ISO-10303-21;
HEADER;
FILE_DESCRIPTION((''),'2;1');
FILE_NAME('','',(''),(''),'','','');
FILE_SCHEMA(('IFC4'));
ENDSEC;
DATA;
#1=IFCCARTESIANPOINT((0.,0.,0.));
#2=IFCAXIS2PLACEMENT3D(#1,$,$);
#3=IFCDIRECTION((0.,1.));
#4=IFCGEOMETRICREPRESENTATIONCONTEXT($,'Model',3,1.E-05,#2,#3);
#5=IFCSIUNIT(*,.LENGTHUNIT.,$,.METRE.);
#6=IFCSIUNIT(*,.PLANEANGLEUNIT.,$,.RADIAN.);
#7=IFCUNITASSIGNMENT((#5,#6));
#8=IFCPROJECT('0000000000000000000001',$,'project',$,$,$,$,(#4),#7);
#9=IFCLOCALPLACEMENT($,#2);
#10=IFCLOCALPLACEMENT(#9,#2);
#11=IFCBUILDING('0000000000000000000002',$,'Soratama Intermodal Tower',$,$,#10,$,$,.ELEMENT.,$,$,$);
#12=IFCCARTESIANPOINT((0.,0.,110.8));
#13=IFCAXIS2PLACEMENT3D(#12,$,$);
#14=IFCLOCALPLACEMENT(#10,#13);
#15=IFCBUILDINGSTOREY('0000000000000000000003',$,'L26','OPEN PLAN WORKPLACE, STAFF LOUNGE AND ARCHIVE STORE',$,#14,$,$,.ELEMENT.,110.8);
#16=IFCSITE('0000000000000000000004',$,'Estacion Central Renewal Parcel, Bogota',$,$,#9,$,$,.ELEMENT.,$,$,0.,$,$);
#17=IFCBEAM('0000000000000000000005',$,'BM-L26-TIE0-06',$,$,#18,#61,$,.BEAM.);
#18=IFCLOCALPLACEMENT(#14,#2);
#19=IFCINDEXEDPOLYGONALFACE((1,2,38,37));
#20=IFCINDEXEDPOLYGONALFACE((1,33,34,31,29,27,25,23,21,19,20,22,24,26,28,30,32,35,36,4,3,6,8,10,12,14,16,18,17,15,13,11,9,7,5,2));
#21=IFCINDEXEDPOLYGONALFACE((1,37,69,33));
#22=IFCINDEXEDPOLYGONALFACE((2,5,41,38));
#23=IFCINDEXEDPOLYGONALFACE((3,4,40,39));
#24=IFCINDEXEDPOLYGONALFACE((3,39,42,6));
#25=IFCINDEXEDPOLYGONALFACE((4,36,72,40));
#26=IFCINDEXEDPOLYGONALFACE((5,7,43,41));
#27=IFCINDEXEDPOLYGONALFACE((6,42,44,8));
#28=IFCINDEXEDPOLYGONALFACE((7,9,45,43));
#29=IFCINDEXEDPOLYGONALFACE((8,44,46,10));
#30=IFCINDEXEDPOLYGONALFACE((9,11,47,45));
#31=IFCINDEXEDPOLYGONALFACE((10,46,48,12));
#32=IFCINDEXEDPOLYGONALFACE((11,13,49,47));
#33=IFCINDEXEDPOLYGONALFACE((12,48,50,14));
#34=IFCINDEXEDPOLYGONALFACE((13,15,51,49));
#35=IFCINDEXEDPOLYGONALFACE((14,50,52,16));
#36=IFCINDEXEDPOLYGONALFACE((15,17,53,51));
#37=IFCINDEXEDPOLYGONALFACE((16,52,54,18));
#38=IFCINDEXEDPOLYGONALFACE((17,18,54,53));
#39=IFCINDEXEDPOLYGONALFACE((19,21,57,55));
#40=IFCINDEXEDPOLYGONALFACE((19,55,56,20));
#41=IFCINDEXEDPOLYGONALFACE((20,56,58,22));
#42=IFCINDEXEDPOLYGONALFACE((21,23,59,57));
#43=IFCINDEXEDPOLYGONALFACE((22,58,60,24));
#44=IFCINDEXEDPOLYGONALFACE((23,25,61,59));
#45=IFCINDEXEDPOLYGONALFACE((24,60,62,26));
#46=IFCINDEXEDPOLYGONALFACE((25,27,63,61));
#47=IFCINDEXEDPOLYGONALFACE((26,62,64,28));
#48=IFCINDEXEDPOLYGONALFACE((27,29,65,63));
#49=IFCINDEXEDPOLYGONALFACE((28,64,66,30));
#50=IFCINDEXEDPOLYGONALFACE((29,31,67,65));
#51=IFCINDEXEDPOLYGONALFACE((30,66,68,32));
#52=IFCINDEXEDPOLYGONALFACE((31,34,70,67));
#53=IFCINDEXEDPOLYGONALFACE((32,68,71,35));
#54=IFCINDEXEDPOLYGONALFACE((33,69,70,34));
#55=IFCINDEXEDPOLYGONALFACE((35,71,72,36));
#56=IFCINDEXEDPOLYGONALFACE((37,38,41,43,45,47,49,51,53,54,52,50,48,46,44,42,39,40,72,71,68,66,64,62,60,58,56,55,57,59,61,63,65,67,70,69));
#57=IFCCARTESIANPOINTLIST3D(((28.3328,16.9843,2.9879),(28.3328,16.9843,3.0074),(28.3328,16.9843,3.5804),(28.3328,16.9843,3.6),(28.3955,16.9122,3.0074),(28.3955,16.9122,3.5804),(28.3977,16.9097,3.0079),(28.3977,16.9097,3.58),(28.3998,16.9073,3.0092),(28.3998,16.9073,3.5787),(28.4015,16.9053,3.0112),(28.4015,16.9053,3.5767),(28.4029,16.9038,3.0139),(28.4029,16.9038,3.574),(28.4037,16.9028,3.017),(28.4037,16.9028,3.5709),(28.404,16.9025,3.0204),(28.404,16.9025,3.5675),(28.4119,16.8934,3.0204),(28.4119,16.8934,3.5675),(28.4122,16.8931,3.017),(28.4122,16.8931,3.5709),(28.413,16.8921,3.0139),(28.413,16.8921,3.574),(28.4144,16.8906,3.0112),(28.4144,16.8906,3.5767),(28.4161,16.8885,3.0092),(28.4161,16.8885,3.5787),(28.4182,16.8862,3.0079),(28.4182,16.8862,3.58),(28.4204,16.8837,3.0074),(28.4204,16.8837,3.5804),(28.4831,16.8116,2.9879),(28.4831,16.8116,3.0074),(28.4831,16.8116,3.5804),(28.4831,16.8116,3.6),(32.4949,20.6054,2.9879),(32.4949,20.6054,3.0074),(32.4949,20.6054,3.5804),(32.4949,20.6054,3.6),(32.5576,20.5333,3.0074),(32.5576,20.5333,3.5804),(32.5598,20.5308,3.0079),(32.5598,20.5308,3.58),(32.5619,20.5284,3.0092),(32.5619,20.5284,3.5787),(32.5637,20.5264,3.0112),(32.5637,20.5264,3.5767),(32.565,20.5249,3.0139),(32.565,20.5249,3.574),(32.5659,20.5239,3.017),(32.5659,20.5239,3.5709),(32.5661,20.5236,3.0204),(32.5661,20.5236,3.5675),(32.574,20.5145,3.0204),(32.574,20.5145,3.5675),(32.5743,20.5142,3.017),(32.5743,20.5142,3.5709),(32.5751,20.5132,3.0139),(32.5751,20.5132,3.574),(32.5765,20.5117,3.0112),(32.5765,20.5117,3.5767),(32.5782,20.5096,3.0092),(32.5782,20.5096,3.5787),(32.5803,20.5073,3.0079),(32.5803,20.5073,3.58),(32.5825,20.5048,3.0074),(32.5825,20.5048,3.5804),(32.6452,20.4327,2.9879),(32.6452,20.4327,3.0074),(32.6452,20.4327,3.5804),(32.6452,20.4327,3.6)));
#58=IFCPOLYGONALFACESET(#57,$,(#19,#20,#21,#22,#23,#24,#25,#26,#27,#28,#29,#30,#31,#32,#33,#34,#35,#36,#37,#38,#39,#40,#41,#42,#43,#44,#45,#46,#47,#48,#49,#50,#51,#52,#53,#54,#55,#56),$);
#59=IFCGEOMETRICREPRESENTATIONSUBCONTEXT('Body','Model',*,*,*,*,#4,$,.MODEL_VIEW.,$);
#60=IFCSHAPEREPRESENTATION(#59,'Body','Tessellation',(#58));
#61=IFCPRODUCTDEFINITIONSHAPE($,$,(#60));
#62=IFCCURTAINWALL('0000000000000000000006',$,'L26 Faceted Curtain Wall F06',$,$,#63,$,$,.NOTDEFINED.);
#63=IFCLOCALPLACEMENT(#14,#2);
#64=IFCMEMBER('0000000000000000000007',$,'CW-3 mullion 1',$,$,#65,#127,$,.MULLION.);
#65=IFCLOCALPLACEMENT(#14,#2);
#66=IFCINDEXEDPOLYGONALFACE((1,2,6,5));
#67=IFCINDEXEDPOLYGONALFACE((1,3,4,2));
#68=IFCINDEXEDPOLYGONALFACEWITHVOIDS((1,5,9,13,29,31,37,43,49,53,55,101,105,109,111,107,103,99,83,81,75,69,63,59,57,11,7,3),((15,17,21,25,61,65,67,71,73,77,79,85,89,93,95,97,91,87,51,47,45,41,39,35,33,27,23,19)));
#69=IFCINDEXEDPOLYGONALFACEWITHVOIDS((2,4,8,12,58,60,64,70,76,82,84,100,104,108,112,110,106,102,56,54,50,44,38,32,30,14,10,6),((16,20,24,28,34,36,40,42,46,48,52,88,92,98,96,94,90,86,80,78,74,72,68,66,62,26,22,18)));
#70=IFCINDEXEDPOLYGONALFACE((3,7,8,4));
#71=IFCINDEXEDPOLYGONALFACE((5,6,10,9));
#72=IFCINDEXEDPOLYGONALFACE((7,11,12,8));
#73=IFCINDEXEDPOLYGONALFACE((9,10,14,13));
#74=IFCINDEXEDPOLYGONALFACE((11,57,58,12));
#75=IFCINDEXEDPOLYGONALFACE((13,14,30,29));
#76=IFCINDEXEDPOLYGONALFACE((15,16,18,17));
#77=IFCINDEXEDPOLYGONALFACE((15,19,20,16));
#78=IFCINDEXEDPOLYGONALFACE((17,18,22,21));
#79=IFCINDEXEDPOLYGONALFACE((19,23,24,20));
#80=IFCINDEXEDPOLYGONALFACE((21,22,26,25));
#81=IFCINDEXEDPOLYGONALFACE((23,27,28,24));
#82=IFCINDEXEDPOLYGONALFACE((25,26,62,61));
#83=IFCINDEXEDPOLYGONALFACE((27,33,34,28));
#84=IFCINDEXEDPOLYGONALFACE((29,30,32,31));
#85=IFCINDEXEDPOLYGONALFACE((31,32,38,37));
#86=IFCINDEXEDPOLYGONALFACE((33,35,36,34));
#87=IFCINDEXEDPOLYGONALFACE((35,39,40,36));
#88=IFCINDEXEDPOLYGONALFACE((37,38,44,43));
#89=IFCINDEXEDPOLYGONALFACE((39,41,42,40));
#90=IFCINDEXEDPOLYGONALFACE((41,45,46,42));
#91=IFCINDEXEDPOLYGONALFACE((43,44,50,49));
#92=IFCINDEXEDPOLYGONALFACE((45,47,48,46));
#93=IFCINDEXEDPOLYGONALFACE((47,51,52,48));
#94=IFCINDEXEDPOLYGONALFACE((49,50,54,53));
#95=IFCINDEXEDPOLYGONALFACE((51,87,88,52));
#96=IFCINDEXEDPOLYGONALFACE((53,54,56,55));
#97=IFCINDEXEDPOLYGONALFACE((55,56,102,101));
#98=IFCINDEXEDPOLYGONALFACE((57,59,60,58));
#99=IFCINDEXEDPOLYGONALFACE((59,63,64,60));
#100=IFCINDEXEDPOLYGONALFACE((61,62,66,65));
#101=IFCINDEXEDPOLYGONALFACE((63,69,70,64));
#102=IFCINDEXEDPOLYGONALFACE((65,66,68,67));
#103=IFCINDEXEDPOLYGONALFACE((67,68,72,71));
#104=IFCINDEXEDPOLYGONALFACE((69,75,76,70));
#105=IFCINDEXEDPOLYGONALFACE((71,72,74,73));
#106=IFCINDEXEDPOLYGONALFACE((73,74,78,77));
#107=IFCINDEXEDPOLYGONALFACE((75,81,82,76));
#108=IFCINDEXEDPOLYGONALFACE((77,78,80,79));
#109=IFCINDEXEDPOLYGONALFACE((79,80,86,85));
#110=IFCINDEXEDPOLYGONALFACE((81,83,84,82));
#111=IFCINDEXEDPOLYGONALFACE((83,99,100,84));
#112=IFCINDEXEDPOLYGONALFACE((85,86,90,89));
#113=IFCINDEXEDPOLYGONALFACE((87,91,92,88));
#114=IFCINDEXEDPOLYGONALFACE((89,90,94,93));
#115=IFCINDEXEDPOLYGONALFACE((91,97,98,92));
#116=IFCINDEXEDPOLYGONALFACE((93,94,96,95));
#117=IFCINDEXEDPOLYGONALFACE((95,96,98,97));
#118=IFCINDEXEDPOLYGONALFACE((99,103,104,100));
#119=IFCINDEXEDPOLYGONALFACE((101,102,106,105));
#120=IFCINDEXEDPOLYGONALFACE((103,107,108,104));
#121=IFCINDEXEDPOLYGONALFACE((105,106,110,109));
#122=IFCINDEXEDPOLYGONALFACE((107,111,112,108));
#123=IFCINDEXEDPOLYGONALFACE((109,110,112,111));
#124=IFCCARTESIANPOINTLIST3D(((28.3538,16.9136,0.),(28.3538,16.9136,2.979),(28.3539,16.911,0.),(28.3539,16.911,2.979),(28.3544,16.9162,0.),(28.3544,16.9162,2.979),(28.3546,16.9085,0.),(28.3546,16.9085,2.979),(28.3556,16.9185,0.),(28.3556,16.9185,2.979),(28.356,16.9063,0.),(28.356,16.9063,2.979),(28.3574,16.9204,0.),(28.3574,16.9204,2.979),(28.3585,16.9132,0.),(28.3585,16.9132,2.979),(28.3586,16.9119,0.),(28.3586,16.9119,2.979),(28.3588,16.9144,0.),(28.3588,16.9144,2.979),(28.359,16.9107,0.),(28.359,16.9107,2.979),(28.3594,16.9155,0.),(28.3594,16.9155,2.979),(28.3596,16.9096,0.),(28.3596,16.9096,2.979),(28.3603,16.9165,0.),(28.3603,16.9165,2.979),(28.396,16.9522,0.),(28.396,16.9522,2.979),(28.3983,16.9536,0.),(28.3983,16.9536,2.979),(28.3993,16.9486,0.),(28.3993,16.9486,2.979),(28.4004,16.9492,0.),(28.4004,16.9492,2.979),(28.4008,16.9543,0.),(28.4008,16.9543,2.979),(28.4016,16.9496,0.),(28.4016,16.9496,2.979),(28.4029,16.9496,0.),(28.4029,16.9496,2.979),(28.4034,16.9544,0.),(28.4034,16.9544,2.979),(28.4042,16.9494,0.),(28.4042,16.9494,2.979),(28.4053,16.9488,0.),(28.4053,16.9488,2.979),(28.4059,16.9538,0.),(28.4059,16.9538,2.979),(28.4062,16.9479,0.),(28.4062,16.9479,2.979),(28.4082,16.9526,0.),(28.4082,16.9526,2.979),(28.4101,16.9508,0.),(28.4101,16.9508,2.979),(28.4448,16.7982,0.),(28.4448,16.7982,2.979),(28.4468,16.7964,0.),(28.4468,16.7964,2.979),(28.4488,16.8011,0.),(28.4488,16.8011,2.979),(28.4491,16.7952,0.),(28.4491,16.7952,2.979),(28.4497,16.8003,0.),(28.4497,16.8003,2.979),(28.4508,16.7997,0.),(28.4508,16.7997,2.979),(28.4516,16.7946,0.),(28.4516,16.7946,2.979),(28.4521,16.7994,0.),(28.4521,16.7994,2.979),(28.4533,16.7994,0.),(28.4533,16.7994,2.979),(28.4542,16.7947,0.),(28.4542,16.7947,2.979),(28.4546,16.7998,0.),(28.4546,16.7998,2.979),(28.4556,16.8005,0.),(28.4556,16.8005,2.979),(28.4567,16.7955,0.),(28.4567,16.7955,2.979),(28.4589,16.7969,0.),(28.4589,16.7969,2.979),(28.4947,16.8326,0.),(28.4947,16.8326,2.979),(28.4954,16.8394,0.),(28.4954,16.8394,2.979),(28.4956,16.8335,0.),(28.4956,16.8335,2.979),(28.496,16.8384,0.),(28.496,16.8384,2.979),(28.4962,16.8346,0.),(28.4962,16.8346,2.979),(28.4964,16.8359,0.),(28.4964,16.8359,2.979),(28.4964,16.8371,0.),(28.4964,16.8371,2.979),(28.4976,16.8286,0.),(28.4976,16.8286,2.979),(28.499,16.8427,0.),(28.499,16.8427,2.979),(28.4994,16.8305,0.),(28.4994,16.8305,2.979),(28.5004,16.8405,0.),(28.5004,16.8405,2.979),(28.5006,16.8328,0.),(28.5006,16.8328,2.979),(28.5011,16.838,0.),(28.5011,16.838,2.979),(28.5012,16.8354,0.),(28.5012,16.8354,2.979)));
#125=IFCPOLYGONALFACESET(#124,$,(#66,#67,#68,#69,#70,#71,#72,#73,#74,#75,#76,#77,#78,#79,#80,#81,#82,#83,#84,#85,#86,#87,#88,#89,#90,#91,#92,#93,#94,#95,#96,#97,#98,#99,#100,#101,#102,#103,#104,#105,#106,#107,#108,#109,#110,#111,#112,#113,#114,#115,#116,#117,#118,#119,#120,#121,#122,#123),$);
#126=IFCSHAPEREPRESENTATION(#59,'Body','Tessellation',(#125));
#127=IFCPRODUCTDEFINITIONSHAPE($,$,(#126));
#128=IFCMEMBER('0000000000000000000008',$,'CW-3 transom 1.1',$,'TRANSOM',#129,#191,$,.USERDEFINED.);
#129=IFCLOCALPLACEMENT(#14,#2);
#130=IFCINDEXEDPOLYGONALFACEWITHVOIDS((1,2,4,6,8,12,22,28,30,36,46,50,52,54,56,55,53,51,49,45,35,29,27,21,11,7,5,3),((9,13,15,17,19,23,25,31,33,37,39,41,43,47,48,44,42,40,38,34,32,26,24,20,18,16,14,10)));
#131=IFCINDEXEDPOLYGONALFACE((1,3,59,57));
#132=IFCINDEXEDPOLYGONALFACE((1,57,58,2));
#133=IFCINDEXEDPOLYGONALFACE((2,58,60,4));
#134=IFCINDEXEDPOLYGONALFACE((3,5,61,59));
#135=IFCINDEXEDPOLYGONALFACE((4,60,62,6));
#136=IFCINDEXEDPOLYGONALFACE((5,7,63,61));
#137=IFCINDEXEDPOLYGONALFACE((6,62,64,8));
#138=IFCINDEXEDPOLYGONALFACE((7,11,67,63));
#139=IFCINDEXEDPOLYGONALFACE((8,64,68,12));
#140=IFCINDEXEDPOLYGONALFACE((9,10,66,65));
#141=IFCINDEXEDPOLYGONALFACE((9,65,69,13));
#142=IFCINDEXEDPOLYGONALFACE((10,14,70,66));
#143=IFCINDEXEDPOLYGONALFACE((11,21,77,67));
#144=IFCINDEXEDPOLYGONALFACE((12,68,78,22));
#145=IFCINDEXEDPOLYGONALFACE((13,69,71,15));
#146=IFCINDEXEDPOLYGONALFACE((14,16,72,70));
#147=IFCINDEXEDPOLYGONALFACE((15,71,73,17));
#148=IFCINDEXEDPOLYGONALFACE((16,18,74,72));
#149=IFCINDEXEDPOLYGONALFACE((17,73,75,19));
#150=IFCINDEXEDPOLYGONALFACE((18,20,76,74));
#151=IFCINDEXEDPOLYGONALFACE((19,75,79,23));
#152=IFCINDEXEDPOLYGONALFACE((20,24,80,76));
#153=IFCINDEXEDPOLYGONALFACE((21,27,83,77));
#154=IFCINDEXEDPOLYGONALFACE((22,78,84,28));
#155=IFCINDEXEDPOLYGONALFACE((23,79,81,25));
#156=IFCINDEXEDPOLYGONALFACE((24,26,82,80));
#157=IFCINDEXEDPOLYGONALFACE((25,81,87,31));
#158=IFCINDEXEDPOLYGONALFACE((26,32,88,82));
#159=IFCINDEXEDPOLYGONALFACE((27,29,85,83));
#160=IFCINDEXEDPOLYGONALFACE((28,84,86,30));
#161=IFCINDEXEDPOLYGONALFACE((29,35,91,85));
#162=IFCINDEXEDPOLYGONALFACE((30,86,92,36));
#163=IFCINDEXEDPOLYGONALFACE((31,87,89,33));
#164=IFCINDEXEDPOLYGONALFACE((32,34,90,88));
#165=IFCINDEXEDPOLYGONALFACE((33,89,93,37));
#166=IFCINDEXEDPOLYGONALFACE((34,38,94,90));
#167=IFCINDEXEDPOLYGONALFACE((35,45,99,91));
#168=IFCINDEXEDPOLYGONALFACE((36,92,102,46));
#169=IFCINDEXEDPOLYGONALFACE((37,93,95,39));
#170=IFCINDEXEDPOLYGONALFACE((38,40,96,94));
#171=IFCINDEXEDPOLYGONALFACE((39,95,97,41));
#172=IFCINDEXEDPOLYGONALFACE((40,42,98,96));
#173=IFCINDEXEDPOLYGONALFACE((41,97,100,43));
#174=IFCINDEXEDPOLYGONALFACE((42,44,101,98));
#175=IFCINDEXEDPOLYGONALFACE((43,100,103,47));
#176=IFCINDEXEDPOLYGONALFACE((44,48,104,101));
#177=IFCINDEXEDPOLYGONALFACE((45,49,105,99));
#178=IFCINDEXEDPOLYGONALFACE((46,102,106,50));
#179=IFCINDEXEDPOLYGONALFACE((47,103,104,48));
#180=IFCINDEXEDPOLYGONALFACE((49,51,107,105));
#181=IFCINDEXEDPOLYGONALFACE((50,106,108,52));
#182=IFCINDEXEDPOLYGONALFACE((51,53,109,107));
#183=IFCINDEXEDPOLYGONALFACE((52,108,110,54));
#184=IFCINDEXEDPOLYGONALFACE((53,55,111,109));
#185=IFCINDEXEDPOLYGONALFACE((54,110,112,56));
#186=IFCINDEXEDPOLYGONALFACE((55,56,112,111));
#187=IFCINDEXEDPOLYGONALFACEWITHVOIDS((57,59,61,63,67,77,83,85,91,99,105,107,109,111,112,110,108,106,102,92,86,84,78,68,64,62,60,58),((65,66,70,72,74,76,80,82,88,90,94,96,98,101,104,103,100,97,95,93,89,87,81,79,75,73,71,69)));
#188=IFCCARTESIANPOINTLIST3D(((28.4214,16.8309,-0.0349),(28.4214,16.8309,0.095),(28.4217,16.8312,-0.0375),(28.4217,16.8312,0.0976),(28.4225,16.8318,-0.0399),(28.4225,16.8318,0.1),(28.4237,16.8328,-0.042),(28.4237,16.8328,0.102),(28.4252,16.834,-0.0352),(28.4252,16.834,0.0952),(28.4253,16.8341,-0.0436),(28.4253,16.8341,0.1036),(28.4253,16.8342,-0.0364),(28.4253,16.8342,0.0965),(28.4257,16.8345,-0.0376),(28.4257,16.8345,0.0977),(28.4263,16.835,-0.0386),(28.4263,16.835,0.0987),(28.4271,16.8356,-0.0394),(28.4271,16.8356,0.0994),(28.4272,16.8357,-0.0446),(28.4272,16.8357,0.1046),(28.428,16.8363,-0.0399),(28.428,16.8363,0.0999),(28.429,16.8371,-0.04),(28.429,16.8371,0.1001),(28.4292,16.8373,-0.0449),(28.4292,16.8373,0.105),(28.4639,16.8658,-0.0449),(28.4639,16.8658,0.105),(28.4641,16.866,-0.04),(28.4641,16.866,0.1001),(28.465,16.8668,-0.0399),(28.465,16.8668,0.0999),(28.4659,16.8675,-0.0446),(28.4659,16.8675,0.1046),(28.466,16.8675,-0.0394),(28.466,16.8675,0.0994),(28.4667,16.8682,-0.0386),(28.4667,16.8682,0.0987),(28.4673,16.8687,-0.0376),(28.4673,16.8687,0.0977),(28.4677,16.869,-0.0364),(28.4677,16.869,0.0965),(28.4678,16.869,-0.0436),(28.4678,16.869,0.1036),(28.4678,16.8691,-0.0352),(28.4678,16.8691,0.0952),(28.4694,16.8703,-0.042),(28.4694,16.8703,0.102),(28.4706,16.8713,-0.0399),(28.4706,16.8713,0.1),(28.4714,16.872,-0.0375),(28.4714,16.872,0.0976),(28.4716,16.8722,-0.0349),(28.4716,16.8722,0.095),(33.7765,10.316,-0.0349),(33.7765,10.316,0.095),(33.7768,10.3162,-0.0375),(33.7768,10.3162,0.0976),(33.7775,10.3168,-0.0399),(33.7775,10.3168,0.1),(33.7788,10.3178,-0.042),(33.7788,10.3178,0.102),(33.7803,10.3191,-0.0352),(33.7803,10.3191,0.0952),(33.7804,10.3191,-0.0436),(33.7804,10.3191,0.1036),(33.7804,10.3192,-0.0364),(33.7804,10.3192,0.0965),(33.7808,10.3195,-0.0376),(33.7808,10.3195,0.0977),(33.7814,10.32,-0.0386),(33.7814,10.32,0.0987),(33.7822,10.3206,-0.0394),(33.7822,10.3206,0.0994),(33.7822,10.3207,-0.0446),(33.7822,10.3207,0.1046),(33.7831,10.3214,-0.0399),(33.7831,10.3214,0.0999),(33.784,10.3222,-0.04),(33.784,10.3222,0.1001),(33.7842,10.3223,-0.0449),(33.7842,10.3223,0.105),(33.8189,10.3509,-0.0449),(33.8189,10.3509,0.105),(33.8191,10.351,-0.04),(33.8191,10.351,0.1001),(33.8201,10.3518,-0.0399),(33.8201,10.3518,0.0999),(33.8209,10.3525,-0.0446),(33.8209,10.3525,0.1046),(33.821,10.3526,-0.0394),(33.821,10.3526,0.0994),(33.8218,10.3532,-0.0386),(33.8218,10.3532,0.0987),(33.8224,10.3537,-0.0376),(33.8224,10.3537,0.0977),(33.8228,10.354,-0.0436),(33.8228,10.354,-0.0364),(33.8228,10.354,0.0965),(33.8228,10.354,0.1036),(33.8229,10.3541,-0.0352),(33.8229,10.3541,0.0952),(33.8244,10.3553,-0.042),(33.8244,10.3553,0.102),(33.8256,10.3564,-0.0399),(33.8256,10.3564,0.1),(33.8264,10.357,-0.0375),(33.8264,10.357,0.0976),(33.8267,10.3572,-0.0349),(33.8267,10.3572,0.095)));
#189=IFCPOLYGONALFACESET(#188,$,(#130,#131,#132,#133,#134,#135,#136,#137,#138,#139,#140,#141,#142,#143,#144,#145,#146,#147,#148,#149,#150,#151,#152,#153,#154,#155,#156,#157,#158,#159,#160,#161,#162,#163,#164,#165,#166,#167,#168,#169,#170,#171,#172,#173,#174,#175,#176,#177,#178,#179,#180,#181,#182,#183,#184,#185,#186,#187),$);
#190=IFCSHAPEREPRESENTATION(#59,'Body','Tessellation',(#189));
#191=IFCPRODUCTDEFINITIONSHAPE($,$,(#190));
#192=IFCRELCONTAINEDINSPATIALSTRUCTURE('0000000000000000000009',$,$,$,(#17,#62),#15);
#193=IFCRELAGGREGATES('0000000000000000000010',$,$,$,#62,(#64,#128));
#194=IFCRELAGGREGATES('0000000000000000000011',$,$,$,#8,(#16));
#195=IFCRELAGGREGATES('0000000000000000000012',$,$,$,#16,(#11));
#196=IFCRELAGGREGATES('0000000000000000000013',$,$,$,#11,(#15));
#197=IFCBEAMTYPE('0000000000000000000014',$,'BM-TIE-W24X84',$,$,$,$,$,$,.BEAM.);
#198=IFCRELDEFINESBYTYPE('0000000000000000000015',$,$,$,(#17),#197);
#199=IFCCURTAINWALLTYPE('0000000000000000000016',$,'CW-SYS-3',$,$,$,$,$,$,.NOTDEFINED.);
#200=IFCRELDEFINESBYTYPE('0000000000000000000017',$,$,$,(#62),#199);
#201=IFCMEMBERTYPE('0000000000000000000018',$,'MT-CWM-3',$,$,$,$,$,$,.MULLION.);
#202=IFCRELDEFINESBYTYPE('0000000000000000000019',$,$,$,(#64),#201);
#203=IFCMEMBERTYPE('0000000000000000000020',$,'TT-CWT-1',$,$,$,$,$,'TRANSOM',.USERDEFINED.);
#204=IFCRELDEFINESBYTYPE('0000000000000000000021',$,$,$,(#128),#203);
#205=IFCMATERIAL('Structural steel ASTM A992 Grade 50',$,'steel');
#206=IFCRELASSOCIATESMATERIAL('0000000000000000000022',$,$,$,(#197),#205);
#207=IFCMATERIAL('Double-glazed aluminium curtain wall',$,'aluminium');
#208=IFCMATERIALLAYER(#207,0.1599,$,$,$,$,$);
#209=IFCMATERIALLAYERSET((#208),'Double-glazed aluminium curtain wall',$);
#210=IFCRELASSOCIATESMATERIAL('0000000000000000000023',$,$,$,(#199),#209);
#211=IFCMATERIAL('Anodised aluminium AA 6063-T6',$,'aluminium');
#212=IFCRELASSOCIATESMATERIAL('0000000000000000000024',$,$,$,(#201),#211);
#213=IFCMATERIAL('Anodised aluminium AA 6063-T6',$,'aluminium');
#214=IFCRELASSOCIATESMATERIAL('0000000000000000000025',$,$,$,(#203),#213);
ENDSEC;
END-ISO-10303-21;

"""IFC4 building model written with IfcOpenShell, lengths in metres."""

from ifc_helpers import new_model, si_unit, direction, frame, origin, origin_2d, place, context, subcontext, project, spatial, hollow_rectangle, i_section, extrude, material, layer, layer_set, material_profile, profile_set, type_object, element, aggregate, save


model = new_model("IFC4")

# Units and contexts
model_context = context("Model", 3, precision=1e-05, world=origin(), true_north=direction((0.0, 1.0)))
body_context = subcontext(model_context, "Body", "Model", "MODEL_VIEW")
ifc_project = project(units=[si_unit("LENGTHUNIT", "METRE"), si_unit("PLANEANGLEUNIT", "RADIAN")], contexts=[model_context])

# Site, building, storey
site_placement = place(None, origin())
site = spatial("IfcSite", under=ifc_project, at=site_placement, Name="Estacion Central Renewal Parcel, Bogota", CompositionType="ELEMENT", RefElevation=0.0)
building_placement = place(site_placement, origin())
building = spatial("IfcBuilding", under=site, at=building_placement, Name="Soratama Intermodal Tower", CompositionType="ELEMENT")
storey_placement = place(building_placement, frame((0.0, 0.0, 110.8)))
storey = spatial("IfcBuildingStorey", under=building, at=storey_placement, Name="L26", Description="OPEN PLAN WORKPLACE, STAFF LOUNGE AND ARCHIVE STORE", CompositionType="ELEMENT", Elevation=110.8)

# Beam
ifc_material_1 = material(Name="Structural steel ASTM A992 Grade 50", Category="steel")
ifc_material_profile_1 = material_profile(ifc_material_1, i_section(OverallWidth=0.229, OverallDepth=0.6121, WebThickness=0.012, FlangeThickness=0.0195, FilletRadius=0.0129, at=origin_2d()), Name="W24X84")
ifc_profile_set_1 = profile_set([ifc_material_profile_1], Name="Structural steel ASTM A992 Grade 50")
beam_type_1 = type_object("IfcBeamType", Name="BM-TIE-W24X84", PredefinedType="BEAM", material=ifc_profile_set_1)
beam_1_placement = place(storey_placement, frame((32.5701, 20.519, 3.2939), z_axis=(-0.754438, -0.656372, 0.0), x_axis=(0.656372, -0.754438, 0.0)))
element("IfcBeam", 1, at=beam_1_placement, inside=storey, type_object=beam_type_1, Name="BM-L26-TIE0-06", PredefinedType="BEAM", context=body_context, shape_type="SweptSolid", body=[
    extrude(i_section(OverallWidth=0.229, OverallDepth=0.6121, WebThickness=0.012, FlangeThickness=0.0195, FilletRadius=0.0129, at=origin_2d()), origin(), (0.0, 0.0, 1.0), 5.5168),
])

# Curtain wall, members
ifc_material_2 = material(Name="Double-glazed aluminium curtain wall", Category="aluminium")
ifc_layer_1 = layer(ifc_material_2, 0.1599)
ifc_layer_set_1 = layer_set([ifc_layer_1], Name="Double-glazed aluminium curtain wall")
curtain_wall_type = type_object("IfcCurtainWallType", Name="CW-SYS-3", PredefinedType="NOTDEFINED", material=ifc_layer_set_1)
curtain_wall_placement = place(storey_placement, origin())
curtain_wall = element("IfcCurtainWall", 2, at=curtain_wall_placement, inside=storey, type_object=curtain_wall_type, Name="L26 Faceted Curtain Wall F06", PredefinedType="NOTDEFINED")
ifc_material_3 = material(Name="Anodised aluminium AA 6063-T6", Category="aluminium")
ifc_material_profile_2 = material_profile(ifc_material_3, hollow_rectangle(XDim=0.0701, YDim=0.1599, WallThickness=0.0049, InnerFilletRadius=0.0049, OuterFilletRadius=0.01, at=origin_2d()), Name="CWM160X70X5")
ifc_profile_set_2 = profile_set([ifc_material_profile_2], Name="Anodised aluminium AA 6063-T6")
member_type_1 = type_object("IfcMemberType", Name="MT-CWM-3", PredefinedType="MULLION", material=ifc_profile_set_2)
member_1_placement = place(storey_placement, frame((28.4275, 16.8745, 0.0), z_axis=(0.0, 0.0, 1.0), x_axis=(0.772513, 0.634998, 0.0)))
member_1 = element("IfcMember", 3, at=member_1_placement, type_object=member_type_1, Name="CW-3 mullion 1", PredefinedType="MULLION", context=body_context, shape_type="SweptSolid", body=[
    extrude(hollow_rectangle(XDim=0.0701, YDim=0.1599, WallThickness=0.0049, InnerFilletRadius=0.0049, OuterFilletRadius=0.01, at=origin_2d()), origin(), (0.0, 0.0, 1.0), 2.979),
])
ifc_material_4 = material(Name="Anodised aluminium AA 6063-T6", Category="aluminium")
ifc_material_profile_3 = material_profile(ifc_material_4, hollow_rectangle(XDim=0.0649, YDim=0.1499, WallThickness=0.0049, InnerFilletRadius=0.0049, OuterFilletRadius=0.01, at=origin_2d()), Name="CWT150X65X5")
ifc_profile_set_3 = profile_set([ifc_material_profile_3], Name="Anodised aluminium AA 6063-T6")
member_type_2 = type_object("IfcMemberType", Name="TT-CWT-1", ElementType="TRANSOM", PredefinedType="USERDEFINED", material=ifc_profile_set_3)
member_2_placement = place(storey_placement, frame((28.4465, 16.8516, 0.03), z_axis=(0.634984, -0.772525, 0.0), x_axis=(0.772525, 0.634984, 0.0)))
member_2 = element("IfcMember", 4, at=member_2_placement, type_object=member_type_2, Name="CW-3 transom 1.1", ObjectType="TRANSOM", PredefinedType="USERDEFINED", context=body_context, shape_type="SweptSolid", body=[
    extrude(hollow_rectangle(XDim=0.0649, YDim=0.1499, WallThickness=0.0049, InnerFilletRadius=0.0049, OuterFilletRadius=0.01, at=origin_2d()), origin(), (0.0, 0.0, 1.0), 8.4333),
])
aggregate(curtain_wall, [member_1, member_2])

save(model, "model.ifc")
